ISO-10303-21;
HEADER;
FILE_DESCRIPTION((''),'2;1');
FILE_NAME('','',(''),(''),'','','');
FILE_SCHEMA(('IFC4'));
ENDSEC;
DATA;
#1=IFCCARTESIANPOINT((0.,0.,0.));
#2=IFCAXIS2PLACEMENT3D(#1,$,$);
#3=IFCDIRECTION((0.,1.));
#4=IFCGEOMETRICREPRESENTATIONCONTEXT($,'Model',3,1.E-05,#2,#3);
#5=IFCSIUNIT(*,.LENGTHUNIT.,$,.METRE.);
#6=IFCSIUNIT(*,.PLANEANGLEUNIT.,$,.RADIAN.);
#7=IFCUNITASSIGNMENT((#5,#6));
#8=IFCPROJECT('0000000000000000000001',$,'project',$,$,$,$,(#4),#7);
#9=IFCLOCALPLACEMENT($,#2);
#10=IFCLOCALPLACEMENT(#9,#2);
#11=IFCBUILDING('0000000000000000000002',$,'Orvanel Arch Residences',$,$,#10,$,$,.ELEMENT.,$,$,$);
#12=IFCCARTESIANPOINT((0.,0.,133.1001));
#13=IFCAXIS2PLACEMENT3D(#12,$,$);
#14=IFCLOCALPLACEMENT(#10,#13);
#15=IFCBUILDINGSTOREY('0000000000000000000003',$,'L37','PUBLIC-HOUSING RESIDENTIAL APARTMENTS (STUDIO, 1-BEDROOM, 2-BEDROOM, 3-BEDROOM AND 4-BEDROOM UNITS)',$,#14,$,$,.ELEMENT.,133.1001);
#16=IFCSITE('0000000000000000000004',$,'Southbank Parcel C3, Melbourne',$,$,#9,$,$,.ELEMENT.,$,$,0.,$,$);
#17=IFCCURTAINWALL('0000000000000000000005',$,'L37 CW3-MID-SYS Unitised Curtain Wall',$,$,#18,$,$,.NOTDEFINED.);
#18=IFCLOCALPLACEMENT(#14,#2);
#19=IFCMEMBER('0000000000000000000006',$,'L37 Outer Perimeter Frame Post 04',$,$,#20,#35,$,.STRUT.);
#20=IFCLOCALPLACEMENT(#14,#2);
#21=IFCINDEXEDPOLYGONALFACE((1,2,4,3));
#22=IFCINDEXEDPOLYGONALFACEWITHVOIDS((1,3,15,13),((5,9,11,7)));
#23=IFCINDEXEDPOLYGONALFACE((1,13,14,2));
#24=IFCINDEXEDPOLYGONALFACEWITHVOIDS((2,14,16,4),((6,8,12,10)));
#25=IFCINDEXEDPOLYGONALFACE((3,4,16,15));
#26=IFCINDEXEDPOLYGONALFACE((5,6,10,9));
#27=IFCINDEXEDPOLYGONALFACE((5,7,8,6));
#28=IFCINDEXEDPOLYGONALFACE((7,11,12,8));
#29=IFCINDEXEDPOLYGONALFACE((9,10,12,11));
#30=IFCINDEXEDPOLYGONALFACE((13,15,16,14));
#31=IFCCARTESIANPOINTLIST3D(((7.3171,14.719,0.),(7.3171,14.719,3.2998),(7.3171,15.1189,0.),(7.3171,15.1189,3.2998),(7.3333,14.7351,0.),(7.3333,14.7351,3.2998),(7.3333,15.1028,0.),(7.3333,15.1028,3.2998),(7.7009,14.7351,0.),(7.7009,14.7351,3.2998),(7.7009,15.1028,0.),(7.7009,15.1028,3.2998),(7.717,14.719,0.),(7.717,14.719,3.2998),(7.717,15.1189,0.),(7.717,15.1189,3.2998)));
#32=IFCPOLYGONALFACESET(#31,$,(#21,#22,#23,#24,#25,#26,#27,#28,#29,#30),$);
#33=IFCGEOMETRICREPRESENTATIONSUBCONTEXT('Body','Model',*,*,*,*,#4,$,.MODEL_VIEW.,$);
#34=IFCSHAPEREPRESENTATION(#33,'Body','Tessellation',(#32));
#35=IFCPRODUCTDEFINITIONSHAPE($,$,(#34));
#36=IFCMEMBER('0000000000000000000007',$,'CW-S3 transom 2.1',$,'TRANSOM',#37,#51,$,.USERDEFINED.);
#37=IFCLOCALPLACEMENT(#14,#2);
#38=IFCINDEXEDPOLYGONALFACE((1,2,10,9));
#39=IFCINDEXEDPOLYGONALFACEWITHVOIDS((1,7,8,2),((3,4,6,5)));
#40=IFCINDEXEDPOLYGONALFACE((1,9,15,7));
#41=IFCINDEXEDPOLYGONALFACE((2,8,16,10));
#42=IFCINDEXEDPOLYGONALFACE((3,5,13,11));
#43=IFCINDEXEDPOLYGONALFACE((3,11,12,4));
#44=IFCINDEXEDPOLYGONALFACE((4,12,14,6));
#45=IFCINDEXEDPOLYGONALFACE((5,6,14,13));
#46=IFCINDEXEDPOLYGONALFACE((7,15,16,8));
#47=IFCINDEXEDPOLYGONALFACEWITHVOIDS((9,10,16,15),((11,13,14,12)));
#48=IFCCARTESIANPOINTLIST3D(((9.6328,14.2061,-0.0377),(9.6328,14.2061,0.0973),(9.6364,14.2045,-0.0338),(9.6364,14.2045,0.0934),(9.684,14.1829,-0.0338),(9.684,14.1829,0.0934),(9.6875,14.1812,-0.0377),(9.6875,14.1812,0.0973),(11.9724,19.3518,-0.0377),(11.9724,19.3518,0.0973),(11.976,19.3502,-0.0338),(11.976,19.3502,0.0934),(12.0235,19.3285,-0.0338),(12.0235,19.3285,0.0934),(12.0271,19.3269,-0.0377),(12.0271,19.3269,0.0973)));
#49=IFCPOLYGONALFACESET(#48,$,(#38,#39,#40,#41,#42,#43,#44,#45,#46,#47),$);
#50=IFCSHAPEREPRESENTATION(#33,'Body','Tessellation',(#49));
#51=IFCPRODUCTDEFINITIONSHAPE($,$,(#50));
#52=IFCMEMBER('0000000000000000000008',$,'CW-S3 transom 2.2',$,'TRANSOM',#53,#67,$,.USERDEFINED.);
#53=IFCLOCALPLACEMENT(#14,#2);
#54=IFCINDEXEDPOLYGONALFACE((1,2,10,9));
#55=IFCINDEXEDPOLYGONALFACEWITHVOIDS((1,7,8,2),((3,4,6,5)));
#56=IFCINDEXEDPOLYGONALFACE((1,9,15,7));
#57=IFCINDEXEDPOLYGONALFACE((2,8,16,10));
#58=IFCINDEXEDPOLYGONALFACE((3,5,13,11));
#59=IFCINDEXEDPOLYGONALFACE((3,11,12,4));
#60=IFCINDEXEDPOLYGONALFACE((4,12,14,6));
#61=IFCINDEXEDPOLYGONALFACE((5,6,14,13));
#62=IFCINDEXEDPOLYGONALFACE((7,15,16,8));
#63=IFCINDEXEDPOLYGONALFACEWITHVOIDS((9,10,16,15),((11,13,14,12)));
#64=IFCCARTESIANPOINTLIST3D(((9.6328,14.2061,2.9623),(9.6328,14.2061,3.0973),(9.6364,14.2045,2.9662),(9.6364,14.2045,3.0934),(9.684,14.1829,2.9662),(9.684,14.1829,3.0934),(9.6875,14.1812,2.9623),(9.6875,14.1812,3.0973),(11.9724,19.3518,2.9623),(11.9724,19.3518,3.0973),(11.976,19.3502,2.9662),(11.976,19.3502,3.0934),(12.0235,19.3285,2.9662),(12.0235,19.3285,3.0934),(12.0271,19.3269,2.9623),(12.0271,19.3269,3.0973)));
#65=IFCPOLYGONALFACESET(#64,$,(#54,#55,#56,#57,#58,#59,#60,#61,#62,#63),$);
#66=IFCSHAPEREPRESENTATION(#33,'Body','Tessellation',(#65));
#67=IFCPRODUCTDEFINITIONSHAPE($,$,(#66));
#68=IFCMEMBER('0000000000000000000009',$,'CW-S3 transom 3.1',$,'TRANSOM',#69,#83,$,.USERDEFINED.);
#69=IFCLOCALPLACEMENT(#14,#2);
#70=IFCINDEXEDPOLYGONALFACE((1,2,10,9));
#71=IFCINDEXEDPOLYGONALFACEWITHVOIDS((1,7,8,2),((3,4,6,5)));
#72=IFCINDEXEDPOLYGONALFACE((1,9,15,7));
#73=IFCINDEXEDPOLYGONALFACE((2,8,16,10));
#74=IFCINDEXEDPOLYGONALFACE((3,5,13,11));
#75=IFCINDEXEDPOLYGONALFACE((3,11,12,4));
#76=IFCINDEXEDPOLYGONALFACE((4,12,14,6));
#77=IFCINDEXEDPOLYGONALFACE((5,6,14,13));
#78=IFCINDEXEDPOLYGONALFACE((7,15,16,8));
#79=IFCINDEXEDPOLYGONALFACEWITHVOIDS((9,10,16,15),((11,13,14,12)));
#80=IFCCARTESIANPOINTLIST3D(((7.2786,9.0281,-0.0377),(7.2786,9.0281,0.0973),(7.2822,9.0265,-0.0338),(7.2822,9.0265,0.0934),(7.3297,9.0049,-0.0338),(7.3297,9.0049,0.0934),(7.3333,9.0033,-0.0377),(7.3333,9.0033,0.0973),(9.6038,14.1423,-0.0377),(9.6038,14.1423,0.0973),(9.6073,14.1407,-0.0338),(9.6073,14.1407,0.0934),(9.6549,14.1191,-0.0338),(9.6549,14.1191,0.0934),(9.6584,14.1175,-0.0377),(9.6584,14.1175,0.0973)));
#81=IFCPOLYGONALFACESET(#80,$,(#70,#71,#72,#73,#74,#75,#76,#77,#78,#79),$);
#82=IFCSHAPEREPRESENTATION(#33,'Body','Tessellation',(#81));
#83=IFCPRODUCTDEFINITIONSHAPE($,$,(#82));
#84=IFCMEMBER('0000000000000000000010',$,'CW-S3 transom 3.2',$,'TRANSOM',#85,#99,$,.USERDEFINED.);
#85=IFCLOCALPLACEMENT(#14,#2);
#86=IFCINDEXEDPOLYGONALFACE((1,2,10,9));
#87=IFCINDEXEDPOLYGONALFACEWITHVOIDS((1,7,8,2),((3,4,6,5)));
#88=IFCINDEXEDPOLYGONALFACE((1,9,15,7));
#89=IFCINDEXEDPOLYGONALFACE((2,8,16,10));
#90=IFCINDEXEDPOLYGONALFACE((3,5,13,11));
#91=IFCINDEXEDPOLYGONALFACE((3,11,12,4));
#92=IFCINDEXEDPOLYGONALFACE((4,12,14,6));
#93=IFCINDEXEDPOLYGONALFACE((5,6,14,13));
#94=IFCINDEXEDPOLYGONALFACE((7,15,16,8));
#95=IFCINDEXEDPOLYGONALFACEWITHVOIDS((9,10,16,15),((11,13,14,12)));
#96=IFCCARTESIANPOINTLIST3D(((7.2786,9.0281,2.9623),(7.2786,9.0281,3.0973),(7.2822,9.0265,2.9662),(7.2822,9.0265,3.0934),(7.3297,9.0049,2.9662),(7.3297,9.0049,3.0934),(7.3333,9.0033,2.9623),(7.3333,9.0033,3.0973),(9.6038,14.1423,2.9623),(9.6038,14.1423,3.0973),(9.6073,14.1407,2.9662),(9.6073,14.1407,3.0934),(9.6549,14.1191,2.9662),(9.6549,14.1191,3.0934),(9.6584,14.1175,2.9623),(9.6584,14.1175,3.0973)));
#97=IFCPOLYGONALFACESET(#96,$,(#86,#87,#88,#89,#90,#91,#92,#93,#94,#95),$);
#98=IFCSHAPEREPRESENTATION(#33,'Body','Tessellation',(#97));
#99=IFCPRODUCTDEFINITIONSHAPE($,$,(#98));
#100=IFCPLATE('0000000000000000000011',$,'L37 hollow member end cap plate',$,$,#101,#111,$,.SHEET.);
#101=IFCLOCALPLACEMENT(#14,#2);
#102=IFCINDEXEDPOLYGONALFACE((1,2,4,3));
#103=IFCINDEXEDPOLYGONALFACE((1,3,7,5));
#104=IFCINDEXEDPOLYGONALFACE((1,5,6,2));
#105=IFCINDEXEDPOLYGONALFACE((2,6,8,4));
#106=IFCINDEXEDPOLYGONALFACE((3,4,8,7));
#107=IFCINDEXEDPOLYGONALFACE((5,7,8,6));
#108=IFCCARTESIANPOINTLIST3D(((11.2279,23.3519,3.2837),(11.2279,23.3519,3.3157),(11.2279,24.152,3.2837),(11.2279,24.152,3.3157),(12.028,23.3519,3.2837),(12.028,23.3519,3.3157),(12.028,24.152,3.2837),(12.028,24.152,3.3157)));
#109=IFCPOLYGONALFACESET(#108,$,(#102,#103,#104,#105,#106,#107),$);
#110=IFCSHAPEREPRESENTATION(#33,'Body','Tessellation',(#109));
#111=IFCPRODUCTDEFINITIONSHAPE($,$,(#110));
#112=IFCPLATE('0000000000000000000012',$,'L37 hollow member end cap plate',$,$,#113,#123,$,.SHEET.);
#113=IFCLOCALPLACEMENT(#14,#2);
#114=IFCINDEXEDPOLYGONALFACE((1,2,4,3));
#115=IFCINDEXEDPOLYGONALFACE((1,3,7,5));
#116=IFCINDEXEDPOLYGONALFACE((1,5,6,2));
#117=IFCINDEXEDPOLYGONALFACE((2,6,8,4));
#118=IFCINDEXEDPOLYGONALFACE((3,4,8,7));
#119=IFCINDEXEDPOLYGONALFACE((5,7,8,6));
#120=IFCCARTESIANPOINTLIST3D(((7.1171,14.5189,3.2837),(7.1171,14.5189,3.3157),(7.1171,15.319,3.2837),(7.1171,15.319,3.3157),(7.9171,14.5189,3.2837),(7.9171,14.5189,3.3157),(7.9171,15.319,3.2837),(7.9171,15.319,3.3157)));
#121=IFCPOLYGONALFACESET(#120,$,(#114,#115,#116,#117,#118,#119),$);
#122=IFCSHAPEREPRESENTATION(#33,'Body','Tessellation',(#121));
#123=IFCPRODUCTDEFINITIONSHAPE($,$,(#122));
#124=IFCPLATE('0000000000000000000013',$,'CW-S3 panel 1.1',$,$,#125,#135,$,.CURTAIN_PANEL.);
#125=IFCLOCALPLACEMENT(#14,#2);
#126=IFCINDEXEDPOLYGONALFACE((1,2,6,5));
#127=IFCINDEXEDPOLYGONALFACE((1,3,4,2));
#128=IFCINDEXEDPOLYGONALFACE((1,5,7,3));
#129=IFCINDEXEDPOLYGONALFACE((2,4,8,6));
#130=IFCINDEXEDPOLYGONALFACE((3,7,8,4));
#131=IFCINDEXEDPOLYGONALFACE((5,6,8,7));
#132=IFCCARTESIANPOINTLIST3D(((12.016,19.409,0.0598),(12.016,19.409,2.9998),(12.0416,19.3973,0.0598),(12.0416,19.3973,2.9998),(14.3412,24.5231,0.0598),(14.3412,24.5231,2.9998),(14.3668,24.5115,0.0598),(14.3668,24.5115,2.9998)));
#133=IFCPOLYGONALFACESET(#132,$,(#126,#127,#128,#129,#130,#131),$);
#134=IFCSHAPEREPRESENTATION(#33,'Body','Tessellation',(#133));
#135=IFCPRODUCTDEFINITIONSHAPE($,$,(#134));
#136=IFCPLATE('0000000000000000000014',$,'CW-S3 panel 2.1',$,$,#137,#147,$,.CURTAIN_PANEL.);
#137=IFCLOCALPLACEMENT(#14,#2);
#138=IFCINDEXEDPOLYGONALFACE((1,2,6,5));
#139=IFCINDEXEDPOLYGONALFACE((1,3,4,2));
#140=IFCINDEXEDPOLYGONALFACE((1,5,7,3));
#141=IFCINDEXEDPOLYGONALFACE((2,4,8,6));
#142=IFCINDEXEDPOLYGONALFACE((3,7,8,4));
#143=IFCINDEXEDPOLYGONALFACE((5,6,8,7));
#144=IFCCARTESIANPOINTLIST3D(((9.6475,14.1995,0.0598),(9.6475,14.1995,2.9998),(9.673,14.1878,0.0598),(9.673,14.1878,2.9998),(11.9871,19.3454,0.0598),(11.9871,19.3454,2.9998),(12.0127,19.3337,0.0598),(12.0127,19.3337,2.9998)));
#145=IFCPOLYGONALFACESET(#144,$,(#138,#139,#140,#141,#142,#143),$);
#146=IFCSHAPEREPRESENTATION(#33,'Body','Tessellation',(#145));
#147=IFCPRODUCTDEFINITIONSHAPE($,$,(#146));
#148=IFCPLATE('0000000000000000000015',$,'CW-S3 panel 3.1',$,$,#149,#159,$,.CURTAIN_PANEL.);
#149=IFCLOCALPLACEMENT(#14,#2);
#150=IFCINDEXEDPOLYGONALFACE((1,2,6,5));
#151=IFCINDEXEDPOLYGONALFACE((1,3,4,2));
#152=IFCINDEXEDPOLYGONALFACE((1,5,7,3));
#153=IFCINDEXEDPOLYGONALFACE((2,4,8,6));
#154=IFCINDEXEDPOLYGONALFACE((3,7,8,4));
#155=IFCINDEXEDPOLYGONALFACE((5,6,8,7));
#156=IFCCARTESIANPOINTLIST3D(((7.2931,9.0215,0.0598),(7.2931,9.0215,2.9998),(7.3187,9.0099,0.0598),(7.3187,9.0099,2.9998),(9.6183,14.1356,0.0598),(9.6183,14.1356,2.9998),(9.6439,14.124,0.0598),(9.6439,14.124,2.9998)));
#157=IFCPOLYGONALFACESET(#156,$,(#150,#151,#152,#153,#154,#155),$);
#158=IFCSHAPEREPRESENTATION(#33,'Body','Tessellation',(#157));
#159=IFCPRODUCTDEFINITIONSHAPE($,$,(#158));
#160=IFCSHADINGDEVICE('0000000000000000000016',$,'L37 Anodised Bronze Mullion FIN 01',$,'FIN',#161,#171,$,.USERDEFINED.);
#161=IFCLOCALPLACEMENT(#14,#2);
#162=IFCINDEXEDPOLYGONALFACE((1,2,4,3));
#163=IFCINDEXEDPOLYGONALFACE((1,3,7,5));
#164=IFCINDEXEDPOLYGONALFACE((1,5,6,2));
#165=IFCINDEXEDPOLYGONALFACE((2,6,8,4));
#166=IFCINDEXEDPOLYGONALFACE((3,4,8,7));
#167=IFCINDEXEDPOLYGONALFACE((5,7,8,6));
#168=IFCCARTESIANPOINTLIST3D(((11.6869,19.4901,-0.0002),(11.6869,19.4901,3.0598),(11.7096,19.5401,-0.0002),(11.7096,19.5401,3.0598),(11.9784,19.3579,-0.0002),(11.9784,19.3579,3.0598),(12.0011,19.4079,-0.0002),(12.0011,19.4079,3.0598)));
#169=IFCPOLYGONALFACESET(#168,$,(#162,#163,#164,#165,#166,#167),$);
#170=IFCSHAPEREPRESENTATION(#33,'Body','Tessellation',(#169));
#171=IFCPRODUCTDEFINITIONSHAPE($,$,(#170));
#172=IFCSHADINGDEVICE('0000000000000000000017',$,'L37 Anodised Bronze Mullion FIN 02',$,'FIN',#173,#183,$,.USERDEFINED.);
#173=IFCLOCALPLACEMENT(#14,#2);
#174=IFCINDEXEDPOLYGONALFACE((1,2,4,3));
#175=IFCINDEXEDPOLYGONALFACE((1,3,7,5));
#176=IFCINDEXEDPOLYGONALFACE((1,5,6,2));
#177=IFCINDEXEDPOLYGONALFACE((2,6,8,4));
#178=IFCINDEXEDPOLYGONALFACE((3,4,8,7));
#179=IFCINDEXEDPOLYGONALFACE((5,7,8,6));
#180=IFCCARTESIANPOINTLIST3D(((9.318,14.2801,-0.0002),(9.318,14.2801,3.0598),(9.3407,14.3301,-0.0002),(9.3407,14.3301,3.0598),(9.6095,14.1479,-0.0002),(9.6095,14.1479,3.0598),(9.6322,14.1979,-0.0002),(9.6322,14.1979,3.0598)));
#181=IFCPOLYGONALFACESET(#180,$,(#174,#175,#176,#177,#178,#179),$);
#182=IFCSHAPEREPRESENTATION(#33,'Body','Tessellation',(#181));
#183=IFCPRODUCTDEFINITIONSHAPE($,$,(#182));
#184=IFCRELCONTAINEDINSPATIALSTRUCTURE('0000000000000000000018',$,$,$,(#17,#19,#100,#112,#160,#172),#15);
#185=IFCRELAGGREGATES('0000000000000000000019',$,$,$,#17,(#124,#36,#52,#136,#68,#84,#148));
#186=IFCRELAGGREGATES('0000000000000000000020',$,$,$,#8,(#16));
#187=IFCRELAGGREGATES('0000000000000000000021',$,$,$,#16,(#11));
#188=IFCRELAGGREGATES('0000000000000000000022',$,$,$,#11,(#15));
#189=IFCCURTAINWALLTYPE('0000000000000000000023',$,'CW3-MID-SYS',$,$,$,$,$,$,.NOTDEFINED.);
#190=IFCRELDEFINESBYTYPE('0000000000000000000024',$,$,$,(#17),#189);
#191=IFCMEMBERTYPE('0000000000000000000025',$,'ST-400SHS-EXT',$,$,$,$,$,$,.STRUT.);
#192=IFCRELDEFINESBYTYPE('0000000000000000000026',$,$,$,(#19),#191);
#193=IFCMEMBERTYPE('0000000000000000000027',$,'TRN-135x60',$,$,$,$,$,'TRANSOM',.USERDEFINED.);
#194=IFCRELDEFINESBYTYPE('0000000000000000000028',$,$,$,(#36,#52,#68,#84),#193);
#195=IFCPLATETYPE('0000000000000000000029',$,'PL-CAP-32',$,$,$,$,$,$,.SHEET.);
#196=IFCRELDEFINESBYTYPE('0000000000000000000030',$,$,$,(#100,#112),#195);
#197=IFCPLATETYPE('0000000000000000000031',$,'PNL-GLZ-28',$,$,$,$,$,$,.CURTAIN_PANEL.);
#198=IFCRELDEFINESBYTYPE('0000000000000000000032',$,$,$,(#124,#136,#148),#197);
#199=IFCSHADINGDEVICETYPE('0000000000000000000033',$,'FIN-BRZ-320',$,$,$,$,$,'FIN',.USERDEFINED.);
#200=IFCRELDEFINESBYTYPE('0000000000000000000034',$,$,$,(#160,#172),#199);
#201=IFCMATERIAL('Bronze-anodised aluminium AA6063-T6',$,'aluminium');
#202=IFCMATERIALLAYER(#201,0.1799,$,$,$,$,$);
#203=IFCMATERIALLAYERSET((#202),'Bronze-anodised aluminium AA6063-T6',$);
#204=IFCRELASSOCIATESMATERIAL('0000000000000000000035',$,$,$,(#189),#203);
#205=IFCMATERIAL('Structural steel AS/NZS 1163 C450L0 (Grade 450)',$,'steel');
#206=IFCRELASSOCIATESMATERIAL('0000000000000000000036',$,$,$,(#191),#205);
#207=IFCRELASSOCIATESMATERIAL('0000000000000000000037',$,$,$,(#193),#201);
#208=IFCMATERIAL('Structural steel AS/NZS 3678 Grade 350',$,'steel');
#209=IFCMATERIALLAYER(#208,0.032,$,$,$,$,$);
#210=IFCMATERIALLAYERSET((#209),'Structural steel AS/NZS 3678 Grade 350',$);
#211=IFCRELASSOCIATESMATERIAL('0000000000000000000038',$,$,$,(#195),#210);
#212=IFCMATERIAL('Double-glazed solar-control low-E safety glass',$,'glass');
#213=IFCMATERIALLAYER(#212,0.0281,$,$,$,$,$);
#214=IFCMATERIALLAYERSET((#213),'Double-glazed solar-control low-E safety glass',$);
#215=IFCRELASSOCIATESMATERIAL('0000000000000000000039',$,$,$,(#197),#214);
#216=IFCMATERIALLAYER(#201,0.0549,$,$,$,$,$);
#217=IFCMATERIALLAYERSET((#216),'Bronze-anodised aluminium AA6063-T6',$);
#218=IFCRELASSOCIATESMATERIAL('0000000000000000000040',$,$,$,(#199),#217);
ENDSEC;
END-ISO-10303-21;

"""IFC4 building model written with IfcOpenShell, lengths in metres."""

from ifc_helpers import new_model, si_unit, direction, frame, origin, origin_2d, place, context, subcontext, project, spatial, rectangle, hollow_rectangle, extrude, material, layer, layer_set, material_profile, profile_set, type_object, element, aggregate, save


model = new_model("IFC4")

# Units and contexts
model_context = context("Model", 3, precision=1e-05, world=origin(), true_north=direction((0.0, 1.0)))
body_context = subcontext(model_context, "Body", "Model", "MODEL_VIEW")
ifc_project = project(units=[si_unit("LENGTHUNIT", "METRE"), si_unit("PLANEANGLEUNIT", "RADIAN")], contexts=[model_context])

# Site, building, storey
site_placement = place(None, origin())
site = spatial("IfcSite", under=ifc_project, at=site_placement, Name="Southbank Parcel C3, Melbourne", CompositionType="ELEMENT", RefElevation=0.0)
building_placement = place(site_placement, origin())
building = spatial("IfcBuilding", under=site, at=building_placement, Name="Orvanel Arch Residences", CompositionType="ELEMENT")
storey_placement = place(building_placement, frame((0.0, 0.0, 133.1001)))
storey = spatial("IfcBuildingStorey", under=building, at=storey_placement, Name="L37", Description="PUBLIC-HOUSING RESIDENTIAL APARTMENTS (STUDIO, 1-BEDROOM, 2-BEDROOM, 3-BEDROOM AND 4-BEDROOM UNITS)", CompositionType="ELEMENT", Elevation=133.1001)

# Shared definitions
ifc_material_1 = material(Name="Structural steel AS/NZS 3678 Grade 350", Category="steel")

# Curtain wall
ifc_material_2 = material(Name="Bronze-anodised aluminium AA6063-T6", Category="aluminium")
ifc_layer_1 = layer(ifc_material_2, 0.1799)
ifc_layer_set_1 = layer_set([ifc_layer_1], Name="Bronze-anodised aluminium AA6063-T6")
curtain_wall_type = type_object("IfcCurtainWallType", Name="CW3-MID-SYS", PredefinedType="NOTDEFINED", material=ifc_layer_set_1)
curtain_wall_placement = place(storey_placement, origin())
curtain_wall = element("IfcCurtainWall", 1, at=curtain_wall_placement, inside=storey, type_object=curtain_wall_type, Name="L37 CW3-MID-SYS Unitised Curtain Wall", PredefinedType="NOTDEFINED")

# Member
ifc_material_3 = material(Name="Structural steel AS/NZS 1163 C450L0 (Grade 450)", Category="steel")
ifc_material_profile_1 = material_profile(ifc_material_3, hollow_rectangle(XDim=0.3999, YDim=0.3999, WallThickness=0.0161, at=origin_2d()), Name="SHS400x400x16")
ifc_profile_set_1 = profile_set([ifc_material_profile_1], Name="Structural steel AS/NZS 1163 C450L0 (Grade 450)")
member_type_1 = type_object("IfcMemberType", Name="ST-400SHS-EXT", PredefinedType="STRUT", material=ifc_profile_set_1)
for number, where, z_axis, x_axis, name in (
    (2, (7.5171, 14.9189, 0.0), (0.0, 0.0, 1.0), (1.0, 0.0, 0.0), "L37 Outer Perimeter Frame Post 04"),
):
    element("IfcMember", number, at=place(storey_placement, frame(where, z_axis=z_axis, x_axis=x_axis)), inside=storey, type_object=member_type_1, Name=name, PredefinedType="STRUT", context=body_context, shape_type="SweptSolid", body=[
        extrude(hollow_rectangle(XDim=0.3999, YDim=0.3999, WallThickness=0.0161, at=origin_2d()), origin(), (0.0, 0.0, 1.0), 3.2998),
    ])

# Members
ifc_material_profile_2 = material_profile(ifc_material_2, hollow_rectangle(XDim=0.0601, YDim=0.135, WallThickness=0.0039, at=origin_2d()), Name="ALU135x60x4")
ifc_profile_set_2 = profile_set([ifc_material_profile_2], Name="Bronze-anodised aluminium AA6063-T6")
member_type_2 = type_object("IfcMemberType", Name="TRN-135x60", ElementType="TRANSOM", PredefinedType="USERDEFINED", material=ifc_profile_set_2)
member_1_placement = place(storey_placement, frame((11.9998, 19.3394, 0.0298), z_axis=(-0.413894, -0.910325, 0.0), x_axis=(0.910325, -0.413894, 0.0)))
member_1 = element("IfcMember", 3, at=member_1_placement, type_object=member_type_2, Name="CW-S3 transom 2.1", ObjectType="TRANSOM", PredefinedType="USERDEFINED", context=body_context, shape_type="SweptSolid", body=[
    extrude(hollow_rectangle(XDim=0.0601, YDim=0.135, WallThickness=0.0039, at=origin_2d()), origin(), (0.0, 0.0, 1.0), 5.6526),
])
member_2_placement = place(storey_placement, frame((11.9998, 19.3394, 3.0298), z_axis=(-0.413894, -0.910325, 0.0), x_axis=(0.910325, -0.413894, 0.0)))
member_2 = element("IfcMember", 4, at=member_2_placement, type_object=member_type_2, Name="CW-S3 transom 2.2", ObjectType="TRANSOM", PredefinedType="USERDEFINED", context=body_context, shape_type="SweptSolid", body=[
    extrude(hollow_rectangle(XDim=0.0601, YDim=0.135, WallThickness=0.0039, at=origin_2d()), origin(), (0.0, 0.0, 1.0), 5.6526),
])
member_3_placement = place(storey_placement, frame((9.6311, 14.1299, 0.0298), z_axis=(-0.413882, -0.910331, 0.0), x_axis=(0.910331, -0.413882, 0.0)))
member_3 = element("IfcMember", 5, at=member_3_placement, type_object=member_type_2, Name="CW-S3 transom 3.1", ObjectType="TRANSOM", PredefinedType="USERDEFINED", context=body_context, shape_type="SweptSolid", body=[
    extrude(hollow_rectangle(XDim=0.0601, YDim=0.135, WallThickness=0.0039, at=origin_2d()), origin(), (0.0, 0.0, 1.0), 5.6179),
])
member_4_placement = place(storey_placement, frame((9.6311, 14.1299, 3.0298), z_axis=(-0.413882, -0.910331, 0.0), x_axis=(0.910331, -0.413882, 0.0)))
member_4 = element("IfcMember", 6, at=member_4_placement, type_object=member_type_2, Name="CW-S3 transom 3.2", ObjectType="TRANSOM", PredefinedType="USERDEFINED", context=body_context, shape_type="SweptSolid", body=[
    extrude(hollow_rectangle(XDim=0.0601, YDim=0.135, WallThickness=0.0039, at=origin_2d()), origin(), (0.0, 0.0, 1.0), 5.6179),
])

# Plates
ifc_layer_2 = layer(ifc_material_1, 0.032)
ifc_layer_set_2 = layer_set([ifc_layer_2], Name="Structural steel AS/NZS 3678 Grade 350")
plate_type_1 = type_object("IfcPlateType", Name="PL-CAP-32", PredefinedType="SHEET", material=ifc_layer_set_2)
for number, where, z_axis, x_axis, name in (
    (7, (11.6279, 23.752, 3.2837), (0.0, 0.0, 1.0), (1.0, 0.0, 0.0), "L37 hollow member end cap plate"),
    (8, (7.5171, 14.9189, 3.2837), (0.0, 0.0, 1.0), (1.0, 0.0, 0.0), "L37 hollow member end cap plate"),
):
    element("IfcPlate", number, at=place(storey_placement, frame(where, z_axis=z_axis, x_axis=x_axis)), inside=storey, type_object=plate_type_1, Name=name, PredefinedType="SHEET", context=body_context, shape_type="SweptSolid", body=[
        extrude(rectangle(XDim=0.8, YDim=0.8, at=origin_2d()), origin(), (0.0, 0.0, 1.0), 0.032),
    ])

# Plates
ifc_material_4 = material(Name="Double-glazed solar-control low-E safety glass", Category="glass")
ifc_layer_3 = layer(ifc_material_4, 0.0281)
ifc_layer_set_3 = layer_set([ifc_layer_3], Name="Double-glazed solar-control low-E safety glass")
plate_type_2 = type_object("IfcPlateType", Name="PNL-GLZ-28", PredefinedType="CURTAIN_PANEL", material=ifc_layer_set_3)
plate_1_placement = place(storey_placement, frame((13.1914, 21.9602, 0.0598), z_axis=(0.0, 0.0, 1.0), x_axis=(-0.413895, -0.910325, 0.0)))
plate_1 = element("IfcPlate", 9, at=plate_1_placement, type_object=plate_type_2, Name="CW-S3 panel 1.1", PredefinedType="CURTAIN_PANEL", context=body_context, shape_type="SweptSolid", body=[
    extrude(rectangle(XDim=5.6179, YDim=0.0281, at=origin_2d()), origin(), (0.0, 0.0, 1.0), 2.9399),
])
plate_2_placement = place(storey_placement, frame((10.8301, 16.7666, 0.0598), z_axis=(0.0, 0.0, 1.0), x_axis=(-0.413895, -0.910325, 0.0)))
plate_2 = element("IfcPlate", 10, at=plate_2_placement, type_object=plate_type_2, Name="CW-S3 panel 2.1", PredefinedType="CURTAIN_PANEL", context=body_context, shape_type="SweptSolid", body=[
    extrude(rectangle(XDim=5.6528, YDim=0.0281, at=origin_2d()), origin(), (0.0, 0.0, 1.0), 2.9399),
])
plate_3_placement = place(storey_placement, frame((8.4685, 11.5728, 0.0598), z_axis=(0.0, 0.0, 1.0), x_axis=(-0.413895, -0.910325, 0.0)))
plate_3 = element("IfcPlate", 11, at=plate_3_placement, type_object=plate_type_2, Name="CW-S3 panel 3.1", PredefinedType="CURTAIN_PANEL", context=body_context, shape_type="SweptSolid", body=[
    extrude(rectangle(XDim=5.6179, YDim=0.0281, at=origin_2d()), origin(), (0.0, 0.0, 1.0), 2.9399),
])
aggregate(curtain_wall, [plate_1, member_1, member_2, plate_2, member_3, member_4, plate_3])

# Shading devices
ifc_layer_4 = layer(ifc_material_2, 0.0549)
ifc_layer_set_4 = layer_set([ifc_layer_4], Name="Bronze-anodised aluminium AA6063-T6")
shading_device_type = type_object("IfcShadingDeviceType", Name="FIN-BRZ-320", ElementType="FIN", PredefinedType="USERDEFINED", material=ifc_layer_set_4)
for number, where, z_axis, x_axis, name in (
    (12, (11.844, 19.449, -0.0002), (0.0, 0.0, 1.0), (-0.910684, 0.413104, 0.0), "L37 Anodised Bronze Mullion FIN 01"),
    (13, (9.4751, 14.239, -0.0002), (0.0, 0.0, 1.0), (-0.910684, 0.413104, 0.0), "L37 Anodised Bronze Mullion FIN 02"),
):
    element("IfcShadingDevice", number, at=place(storey_placement, frame(where, z_axis=z_axis, x_axis=x_axis)), inside=storey, type_object=shading_device_type, Name=name, ObjectType="FIN", PredefinedType="USERDEFINED", context=body_context, shape_type="SweptSolid", body=[
        extrude(rectangle(XDim=0.3201, YDim=0.0549, at=origin_2d()), origin(), (0.0, 0.0, 1.0), 3.0601),
    ])

save(model, "model.ifc")
